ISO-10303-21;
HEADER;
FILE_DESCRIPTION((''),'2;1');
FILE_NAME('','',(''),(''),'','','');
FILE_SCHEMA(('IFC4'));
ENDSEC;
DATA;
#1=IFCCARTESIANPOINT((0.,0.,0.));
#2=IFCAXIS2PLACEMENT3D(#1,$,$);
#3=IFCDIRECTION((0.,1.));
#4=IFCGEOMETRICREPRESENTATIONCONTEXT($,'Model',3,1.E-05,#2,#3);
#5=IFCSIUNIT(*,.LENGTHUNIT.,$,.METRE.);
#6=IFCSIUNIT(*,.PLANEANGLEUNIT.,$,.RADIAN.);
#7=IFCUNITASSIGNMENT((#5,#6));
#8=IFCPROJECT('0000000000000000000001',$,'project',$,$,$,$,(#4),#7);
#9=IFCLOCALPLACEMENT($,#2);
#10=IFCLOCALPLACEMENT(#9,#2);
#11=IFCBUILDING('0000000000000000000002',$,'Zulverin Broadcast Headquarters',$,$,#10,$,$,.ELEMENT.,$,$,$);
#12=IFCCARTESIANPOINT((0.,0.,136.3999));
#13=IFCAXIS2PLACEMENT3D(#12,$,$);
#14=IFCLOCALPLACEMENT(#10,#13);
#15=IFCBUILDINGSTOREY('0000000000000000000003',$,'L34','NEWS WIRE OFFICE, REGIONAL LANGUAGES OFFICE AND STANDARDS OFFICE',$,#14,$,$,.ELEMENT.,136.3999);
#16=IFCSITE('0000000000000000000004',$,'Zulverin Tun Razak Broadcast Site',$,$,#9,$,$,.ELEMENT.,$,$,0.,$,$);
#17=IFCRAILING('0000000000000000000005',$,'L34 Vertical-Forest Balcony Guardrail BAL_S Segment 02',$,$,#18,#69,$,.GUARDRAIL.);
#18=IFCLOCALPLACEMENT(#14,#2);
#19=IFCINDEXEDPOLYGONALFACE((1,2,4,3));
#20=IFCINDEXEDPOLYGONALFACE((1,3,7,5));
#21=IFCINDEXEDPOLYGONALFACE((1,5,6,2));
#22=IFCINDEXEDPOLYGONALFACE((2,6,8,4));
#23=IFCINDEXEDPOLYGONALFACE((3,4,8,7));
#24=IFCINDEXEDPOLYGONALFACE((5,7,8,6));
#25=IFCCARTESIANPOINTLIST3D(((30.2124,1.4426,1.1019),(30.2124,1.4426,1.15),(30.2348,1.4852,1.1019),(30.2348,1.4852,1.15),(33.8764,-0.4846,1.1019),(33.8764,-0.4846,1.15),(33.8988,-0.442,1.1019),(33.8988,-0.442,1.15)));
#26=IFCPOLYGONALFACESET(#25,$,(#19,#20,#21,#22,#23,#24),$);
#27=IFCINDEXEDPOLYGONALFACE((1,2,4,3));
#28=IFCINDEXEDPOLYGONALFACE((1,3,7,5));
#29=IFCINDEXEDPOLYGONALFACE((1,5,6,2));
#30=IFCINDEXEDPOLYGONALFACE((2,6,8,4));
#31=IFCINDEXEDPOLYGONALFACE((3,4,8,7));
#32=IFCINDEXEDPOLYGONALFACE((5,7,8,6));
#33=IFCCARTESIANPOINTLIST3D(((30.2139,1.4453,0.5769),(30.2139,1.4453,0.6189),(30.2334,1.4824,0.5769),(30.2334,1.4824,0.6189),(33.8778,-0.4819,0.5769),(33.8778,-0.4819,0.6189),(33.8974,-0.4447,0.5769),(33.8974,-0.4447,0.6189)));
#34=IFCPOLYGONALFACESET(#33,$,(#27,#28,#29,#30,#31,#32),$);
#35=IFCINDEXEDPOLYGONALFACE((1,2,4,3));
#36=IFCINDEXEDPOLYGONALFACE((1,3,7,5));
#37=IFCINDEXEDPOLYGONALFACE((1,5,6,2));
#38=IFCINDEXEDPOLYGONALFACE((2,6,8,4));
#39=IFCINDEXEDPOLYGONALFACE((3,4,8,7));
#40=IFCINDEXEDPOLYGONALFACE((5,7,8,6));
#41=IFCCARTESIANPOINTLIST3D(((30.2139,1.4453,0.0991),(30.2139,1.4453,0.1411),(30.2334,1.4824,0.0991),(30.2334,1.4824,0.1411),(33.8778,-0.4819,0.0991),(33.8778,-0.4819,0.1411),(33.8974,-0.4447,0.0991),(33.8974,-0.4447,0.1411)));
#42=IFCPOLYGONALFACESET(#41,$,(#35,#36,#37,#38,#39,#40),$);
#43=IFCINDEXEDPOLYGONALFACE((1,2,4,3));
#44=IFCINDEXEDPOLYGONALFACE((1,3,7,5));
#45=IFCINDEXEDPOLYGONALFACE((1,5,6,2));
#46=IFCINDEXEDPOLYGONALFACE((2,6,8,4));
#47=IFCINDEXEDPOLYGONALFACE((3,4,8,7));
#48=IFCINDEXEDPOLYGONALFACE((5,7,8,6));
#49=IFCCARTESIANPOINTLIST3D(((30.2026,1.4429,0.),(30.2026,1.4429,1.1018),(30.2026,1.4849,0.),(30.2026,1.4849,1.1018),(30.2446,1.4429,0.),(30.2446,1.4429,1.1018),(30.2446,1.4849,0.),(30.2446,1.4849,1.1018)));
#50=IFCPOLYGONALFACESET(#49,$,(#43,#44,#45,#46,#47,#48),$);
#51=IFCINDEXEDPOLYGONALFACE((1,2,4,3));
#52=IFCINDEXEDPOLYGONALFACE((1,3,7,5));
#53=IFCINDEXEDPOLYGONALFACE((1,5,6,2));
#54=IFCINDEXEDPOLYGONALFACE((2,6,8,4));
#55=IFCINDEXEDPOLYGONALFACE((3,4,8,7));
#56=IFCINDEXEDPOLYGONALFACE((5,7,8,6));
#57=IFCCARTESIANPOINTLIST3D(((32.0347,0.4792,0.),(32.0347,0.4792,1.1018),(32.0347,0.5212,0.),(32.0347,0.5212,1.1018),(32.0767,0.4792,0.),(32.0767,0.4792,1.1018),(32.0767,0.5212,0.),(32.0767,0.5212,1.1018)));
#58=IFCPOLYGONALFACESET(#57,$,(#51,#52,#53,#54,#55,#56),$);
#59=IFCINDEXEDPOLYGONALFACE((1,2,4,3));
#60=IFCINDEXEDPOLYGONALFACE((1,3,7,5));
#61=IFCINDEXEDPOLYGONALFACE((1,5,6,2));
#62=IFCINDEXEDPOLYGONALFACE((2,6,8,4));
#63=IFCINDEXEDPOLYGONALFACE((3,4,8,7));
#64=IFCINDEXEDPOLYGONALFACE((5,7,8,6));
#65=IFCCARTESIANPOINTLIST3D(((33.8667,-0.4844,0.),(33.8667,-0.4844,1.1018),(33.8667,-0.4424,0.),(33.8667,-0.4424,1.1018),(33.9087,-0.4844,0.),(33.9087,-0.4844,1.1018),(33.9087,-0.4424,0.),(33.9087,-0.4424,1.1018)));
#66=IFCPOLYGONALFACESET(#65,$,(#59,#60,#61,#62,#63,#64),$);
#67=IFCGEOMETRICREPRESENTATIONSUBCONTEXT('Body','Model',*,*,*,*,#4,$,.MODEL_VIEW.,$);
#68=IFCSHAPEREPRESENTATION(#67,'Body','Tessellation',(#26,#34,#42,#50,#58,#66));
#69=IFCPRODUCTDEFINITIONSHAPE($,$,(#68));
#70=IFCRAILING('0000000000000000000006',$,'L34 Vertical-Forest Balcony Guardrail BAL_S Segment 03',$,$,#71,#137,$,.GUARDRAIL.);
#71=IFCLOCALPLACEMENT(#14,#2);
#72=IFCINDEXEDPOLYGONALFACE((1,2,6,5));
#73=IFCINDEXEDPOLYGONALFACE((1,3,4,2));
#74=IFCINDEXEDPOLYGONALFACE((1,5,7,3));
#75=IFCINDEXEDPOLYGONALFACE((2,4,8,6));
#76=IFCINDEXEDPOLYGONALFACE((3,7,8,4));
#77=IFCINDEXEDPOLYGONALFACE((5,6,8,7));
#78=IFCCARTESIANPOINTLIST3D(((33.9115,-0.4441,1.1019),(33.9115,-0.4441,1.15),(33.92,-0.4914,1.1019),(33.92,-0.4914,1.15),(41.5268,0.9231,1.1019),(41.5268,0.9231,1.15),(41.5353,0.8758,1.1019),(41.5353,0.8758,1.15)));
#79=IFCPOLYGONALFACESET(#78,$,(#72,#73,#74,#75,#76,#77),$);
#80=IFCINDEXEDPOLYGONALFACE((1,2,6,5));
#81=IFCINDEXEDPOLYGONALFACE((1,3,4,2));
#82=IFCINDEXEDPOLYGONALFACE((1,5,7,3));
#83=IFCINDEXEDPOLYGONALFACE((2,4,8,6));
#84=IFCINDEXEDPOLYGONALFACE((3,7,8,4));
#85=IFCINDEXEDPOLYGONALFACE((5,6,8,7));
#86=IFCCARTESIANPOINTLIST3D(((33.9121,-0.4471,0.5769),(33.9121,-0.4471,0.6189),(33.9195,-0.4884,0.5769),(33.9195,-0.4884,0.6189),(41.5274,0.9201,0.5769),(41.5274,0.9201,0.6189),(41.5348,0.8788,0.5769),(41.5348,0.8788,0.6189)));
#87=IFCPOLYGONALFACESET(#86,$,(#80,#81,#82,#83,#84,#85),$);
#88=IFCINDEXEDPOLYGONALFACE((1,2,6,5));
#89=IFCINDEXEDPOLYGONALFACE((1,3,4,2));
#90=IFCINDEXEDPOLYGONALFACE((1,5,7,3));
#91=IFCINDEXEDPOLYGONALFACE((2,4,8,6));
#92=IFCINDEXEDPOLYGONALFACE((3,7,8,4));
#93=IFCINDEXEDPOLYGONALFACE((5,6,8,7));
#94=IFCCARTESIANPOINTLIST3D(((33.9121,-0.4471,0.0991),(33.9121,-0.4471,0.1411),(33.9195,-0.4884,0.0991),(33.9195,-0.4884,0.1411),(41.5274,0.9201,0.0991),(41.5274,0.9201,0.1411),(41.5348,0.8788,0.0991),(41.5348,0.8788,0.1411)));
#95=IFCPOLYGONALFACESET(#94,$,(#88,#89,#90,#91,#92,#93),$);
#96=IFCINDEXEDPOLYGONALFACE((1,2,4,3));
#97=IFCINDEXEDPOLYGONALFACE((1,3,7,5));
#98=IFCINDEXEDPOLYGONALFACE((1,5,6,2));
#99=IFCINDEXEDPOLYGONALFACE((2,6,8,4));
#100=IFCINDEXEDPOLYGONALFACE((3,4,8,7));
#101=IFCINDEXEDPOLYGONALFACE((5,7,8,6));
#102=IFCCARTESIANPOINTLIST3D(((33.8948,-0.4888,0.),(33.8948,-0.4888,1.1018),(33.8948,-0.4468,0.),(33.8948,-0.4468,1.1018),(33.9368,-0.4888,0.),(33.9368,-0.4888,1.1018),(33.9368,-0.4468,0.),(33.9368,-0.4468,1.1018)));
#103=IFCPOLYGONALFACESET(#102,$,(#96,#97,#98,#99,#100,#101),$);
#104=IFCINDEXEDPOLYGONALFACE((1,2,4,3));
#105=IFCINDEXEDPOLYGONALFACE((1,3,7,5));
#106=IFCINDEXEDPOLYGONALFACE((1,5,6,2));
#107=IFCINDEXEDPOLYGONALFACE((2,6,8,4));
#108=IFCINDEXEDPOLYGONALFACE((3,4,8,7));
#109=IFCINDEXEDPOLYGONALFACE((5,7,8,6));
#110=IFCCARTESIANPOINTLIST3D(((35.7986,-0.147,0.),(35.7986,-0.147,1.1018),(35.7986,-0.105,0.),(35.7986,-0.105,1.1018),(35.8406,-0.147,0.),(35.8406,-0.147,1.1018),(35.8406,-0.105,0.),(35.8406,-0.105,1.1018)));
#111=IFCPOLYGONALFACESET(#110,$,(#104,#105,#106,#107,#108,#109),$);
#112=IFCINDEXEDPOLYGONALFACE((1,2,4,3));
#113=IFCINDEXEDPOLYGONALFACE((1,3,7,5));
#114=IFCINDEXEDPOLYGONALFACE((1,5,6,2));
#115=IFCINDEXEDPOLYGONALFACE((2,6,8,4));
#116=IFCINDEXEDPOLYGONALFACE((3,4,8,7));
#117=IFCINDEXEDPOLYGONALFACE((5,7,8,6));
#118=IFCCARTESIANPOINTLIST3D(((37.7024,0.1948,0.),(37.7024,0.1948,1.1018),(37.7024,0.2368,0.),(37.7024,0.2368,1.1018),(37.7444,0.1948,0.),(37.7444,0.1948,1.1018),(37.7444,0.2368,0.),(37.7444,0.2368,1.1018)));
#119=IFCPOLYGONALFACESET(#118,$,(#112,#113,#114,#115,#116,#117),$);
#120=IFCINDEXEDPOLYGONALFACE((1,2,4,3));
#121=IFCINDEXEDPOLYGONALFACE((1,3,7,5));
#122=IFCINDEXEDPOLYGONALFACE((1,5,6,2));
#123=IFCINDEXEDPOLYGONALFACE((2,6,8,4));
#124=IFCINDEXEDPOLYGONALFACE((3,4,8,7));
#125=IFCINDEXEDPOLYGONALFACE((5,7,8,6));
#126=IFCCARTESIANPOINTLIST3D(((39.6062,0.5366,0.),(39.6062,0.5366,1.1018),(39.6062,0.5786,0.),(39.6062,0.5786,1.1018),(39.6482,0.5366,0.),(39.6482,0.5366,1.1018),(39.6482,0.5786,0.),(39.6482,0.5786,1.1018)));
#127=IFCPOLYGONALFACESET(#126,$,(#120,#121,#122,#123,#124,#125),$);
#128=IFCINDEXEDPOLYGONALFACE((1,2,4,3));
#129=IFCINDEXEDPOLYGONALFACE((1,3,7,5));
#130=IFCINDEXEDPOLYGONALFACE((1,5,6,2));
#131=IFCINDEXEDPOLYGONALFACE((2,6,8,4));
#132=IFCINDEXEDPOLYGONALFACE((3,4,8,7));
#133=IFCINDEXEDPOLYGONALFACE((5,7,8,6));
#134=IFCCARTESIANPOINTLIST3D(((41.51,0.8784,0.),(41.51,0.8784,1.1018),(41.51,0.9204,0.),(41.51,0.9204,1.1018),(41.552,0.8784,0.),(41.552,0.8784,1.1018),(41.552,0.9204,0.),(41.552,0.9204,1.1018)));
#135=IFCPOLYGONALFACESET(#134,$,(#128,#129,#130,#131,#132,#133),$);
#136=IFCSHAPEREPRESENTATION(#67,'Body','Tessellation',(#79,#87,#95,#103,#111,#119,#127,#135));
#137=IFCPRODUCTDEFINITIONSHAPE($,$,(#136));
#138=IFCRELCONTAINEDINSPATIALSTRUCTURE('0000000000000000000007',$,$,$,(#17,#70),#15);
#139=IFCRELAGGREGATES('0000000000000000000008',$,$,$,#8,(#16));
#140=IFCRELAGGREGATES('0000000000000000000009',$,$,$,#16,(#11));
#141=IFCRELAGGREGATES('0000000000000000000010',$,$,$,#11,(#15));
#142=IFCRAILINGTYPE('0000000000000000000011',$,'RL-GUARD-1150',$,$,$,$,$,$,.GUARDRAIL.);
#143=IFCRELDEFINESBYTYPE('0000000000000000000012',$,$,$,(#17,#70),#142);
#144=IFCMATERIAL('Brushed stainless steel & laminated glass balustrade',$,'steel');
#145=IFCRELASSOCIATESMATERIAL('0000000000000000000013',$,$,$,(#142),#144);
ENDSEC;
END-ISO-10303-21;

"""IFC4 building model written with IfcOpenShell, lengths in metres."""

from ifc_helpers import new_model, si_unit, direction, frame, origin, origin_2d, place, context, subcontext, project, spatial, rectangle, extrude, material, type_object, element, save


model = new_model("IFC4")

# Units and contexts
model_context = context("Model", 3, precision=1e-05, world=origin(), true_north=direction((0.0, 1.0)))
body_context = subcontext(model_context, "Body", "Model", "MODEL_VIEW")
ifc_project = project(units=[si_unit("LENGTHUNIT", "METRE"), si_unit("PLANEANGLEUNIT", "RADIAN")], contexts=[model_context])

# Site, building, storey
site_placement = place(None, origin())
site = spatial("IfcSite", under=ifc_project, at=site_placement, Name="Zulverin Tun Razak Broadcast Site", CompositionType="ELEMENT", RefElevation=0.0)
building_placement = place(site_placement, origin())
building = spatial("IfcBuilding", under=site, at=building_placement, Name="Zulverin Broadcast Headquarters", CompositionType="ELEMENT")
storey_placement = place(building_placement, frame((0.0, 0.0, 136.3999)))
storey = spatial("IfcBuildingStorey", under=building, at=storey_placement, Name="L34", Description="NEWS WIRE OFFICE, REGIONAL LANGUAGES OFFICE AND STANDARDS OFFICE", CompositionType="ELEMENT", Elevation=136.3999)

# Railings
ifc_material_1 = material(Name="Brushed stainless steel & laminated glass balustrade", Category="steel")
railing_type = type_object("IfcRailingType", Name="RL-GUARD-1150", PredefinedType="GUARDRAIL", material=ifc_material_1)
railing_1_placement = place(storey_placement, frame((30.2236, 1.4639, 0.0)))
element("IfcRailing", 1, at=railing_1_placement, inside=storey, type_object=railing_type, Name="L34 Vertical-Forest Balcony Guardrail BAL_S Segment 02", PredefinedType="GUARDRAIL", context=body_context, shape_type="SweptSolid", body=[
    extrude(rectangle(XDim=0.0481, YDim=0.0481, at=origin_2d()), frame((0.0, 0.0, 1.126), z_axis=(0.885038, -0.465518, 0.0), x_axis=(0.465518, 0.885038, 0.0)), (0.0, 0.0, 1.0), 4.1399),
    extrude(rectangle(XDim=0.042, YDim=0.042, at=origin_2d()), frame((0.0, 0.0, 0.5979), z_axis=(0.885038, -0.465518, 0.0), x_axis=(0.465518, 0.885038, 0.0)), (0.0, 0.0, 1.0), 4.1399),
    extrude(rectangle(XDim=0.042, YDim=0.042, at=origin_2d()), frame((0.0, 0.0, 0.1201), z_axis=(0.885038, -0.465518, 0.0), x_axis=(0.465518, 0.885038, 0.0)), (0.0, 0.0, 1.0), 4.1399),
    extrude(rectangle(XDim=0.042, YDim=0.042, at=origin_2d()), origin(), (0.0, 0.0, 1.0), 1.1018),
    extrude(rectangle(XDim=0.042, YDim=0.042, at=origin_2d()), frame((1.832, -0.9636, 0.0)), (0.0, 0.0, 1.0), 1.1018),
    extrude(rectangle(XDim=0.042, YDim=0.042, at=origin_2d()), frame((3.6641, -1.9272, 0.0)), (0.0, 0.0, 1.0), 1.1018),
])
railing_2_placement = place(storey_placement, frame((33.9158, -0.4678, 0.0)))
element("IfcRailing", 2, at=railing_2_placement, inside=storey, type_object=railing_type, Name="L34 Vertical-Forest Balcony Guardrail BAL_S Segment 03", PredefinedType="GUARDRAIL", context=body_context, shape_type="SweptSolid", body=[
    extrude(rectangle(XDim=0.0481, YDim=0.0481, at=origin_2d()), frame((0.0, 0.0, 1.126), z_axis=(0.984263, 0.176708, 0.0), x_axis=(-0.176708, 0.984263, 0.0)), (0.0, 0.0, 1.0), 7.7371),
    extrude(rectangle(XDim=0.042, YDim=0.042, at=origin_2d()), frame((0.0, 0.0, 0.5979), z_axis=(0.984263, 0.176708, 0.0), x_axis=(-0.176708, 0.984263, 0.0)), (0.0, 0.0, 1.0), 7.7371),
    extrude(rectangle(XDim=0.042, YDim=0.042, at=origin_2d()), frame((0.0, 0.0, 0.1201), z_axis=(0.984263, 0.176708, 0.0), x_axis=(-0.176708, 0.984263, 0.0)), (0.0, 0.0, 1.0), 7.7371),
    extrude(rectangle(XDim=0.042, YDim=0.042, at=origin_2d()), origin(), (0.0, 0.0, 1.0), 1.1018),
    extrude(rectangle(XDim=0.042, YDim=0.042, at=origin_2d()), frame((1.9038, 0.3418, 0.0)), (0.0, 0.0, 1.0), 1.1018),
    extrude(rectangle(XDim=0.042, YDim=0.042, at=origin_2d()), frame((3.8076, 0.6836, 0.0)), (0.0, 0.0, 1.0), 1.1018),
    extrude(rectangle(XDim=0.042, YDim=0.042, at=origin_2d()), frame((5.7114, 1.0254, 0.0)), (0.0, 0.0, 1.0), 1.1018),
    extrude(rectangle(XDim=0.042, YDim=0.042, at=origin_2d()), frame((7.6152, 1.3672, 0.0)), (0.0, 0.0, 1.0), 1.1018),
])

save(model, "model.ifc")
